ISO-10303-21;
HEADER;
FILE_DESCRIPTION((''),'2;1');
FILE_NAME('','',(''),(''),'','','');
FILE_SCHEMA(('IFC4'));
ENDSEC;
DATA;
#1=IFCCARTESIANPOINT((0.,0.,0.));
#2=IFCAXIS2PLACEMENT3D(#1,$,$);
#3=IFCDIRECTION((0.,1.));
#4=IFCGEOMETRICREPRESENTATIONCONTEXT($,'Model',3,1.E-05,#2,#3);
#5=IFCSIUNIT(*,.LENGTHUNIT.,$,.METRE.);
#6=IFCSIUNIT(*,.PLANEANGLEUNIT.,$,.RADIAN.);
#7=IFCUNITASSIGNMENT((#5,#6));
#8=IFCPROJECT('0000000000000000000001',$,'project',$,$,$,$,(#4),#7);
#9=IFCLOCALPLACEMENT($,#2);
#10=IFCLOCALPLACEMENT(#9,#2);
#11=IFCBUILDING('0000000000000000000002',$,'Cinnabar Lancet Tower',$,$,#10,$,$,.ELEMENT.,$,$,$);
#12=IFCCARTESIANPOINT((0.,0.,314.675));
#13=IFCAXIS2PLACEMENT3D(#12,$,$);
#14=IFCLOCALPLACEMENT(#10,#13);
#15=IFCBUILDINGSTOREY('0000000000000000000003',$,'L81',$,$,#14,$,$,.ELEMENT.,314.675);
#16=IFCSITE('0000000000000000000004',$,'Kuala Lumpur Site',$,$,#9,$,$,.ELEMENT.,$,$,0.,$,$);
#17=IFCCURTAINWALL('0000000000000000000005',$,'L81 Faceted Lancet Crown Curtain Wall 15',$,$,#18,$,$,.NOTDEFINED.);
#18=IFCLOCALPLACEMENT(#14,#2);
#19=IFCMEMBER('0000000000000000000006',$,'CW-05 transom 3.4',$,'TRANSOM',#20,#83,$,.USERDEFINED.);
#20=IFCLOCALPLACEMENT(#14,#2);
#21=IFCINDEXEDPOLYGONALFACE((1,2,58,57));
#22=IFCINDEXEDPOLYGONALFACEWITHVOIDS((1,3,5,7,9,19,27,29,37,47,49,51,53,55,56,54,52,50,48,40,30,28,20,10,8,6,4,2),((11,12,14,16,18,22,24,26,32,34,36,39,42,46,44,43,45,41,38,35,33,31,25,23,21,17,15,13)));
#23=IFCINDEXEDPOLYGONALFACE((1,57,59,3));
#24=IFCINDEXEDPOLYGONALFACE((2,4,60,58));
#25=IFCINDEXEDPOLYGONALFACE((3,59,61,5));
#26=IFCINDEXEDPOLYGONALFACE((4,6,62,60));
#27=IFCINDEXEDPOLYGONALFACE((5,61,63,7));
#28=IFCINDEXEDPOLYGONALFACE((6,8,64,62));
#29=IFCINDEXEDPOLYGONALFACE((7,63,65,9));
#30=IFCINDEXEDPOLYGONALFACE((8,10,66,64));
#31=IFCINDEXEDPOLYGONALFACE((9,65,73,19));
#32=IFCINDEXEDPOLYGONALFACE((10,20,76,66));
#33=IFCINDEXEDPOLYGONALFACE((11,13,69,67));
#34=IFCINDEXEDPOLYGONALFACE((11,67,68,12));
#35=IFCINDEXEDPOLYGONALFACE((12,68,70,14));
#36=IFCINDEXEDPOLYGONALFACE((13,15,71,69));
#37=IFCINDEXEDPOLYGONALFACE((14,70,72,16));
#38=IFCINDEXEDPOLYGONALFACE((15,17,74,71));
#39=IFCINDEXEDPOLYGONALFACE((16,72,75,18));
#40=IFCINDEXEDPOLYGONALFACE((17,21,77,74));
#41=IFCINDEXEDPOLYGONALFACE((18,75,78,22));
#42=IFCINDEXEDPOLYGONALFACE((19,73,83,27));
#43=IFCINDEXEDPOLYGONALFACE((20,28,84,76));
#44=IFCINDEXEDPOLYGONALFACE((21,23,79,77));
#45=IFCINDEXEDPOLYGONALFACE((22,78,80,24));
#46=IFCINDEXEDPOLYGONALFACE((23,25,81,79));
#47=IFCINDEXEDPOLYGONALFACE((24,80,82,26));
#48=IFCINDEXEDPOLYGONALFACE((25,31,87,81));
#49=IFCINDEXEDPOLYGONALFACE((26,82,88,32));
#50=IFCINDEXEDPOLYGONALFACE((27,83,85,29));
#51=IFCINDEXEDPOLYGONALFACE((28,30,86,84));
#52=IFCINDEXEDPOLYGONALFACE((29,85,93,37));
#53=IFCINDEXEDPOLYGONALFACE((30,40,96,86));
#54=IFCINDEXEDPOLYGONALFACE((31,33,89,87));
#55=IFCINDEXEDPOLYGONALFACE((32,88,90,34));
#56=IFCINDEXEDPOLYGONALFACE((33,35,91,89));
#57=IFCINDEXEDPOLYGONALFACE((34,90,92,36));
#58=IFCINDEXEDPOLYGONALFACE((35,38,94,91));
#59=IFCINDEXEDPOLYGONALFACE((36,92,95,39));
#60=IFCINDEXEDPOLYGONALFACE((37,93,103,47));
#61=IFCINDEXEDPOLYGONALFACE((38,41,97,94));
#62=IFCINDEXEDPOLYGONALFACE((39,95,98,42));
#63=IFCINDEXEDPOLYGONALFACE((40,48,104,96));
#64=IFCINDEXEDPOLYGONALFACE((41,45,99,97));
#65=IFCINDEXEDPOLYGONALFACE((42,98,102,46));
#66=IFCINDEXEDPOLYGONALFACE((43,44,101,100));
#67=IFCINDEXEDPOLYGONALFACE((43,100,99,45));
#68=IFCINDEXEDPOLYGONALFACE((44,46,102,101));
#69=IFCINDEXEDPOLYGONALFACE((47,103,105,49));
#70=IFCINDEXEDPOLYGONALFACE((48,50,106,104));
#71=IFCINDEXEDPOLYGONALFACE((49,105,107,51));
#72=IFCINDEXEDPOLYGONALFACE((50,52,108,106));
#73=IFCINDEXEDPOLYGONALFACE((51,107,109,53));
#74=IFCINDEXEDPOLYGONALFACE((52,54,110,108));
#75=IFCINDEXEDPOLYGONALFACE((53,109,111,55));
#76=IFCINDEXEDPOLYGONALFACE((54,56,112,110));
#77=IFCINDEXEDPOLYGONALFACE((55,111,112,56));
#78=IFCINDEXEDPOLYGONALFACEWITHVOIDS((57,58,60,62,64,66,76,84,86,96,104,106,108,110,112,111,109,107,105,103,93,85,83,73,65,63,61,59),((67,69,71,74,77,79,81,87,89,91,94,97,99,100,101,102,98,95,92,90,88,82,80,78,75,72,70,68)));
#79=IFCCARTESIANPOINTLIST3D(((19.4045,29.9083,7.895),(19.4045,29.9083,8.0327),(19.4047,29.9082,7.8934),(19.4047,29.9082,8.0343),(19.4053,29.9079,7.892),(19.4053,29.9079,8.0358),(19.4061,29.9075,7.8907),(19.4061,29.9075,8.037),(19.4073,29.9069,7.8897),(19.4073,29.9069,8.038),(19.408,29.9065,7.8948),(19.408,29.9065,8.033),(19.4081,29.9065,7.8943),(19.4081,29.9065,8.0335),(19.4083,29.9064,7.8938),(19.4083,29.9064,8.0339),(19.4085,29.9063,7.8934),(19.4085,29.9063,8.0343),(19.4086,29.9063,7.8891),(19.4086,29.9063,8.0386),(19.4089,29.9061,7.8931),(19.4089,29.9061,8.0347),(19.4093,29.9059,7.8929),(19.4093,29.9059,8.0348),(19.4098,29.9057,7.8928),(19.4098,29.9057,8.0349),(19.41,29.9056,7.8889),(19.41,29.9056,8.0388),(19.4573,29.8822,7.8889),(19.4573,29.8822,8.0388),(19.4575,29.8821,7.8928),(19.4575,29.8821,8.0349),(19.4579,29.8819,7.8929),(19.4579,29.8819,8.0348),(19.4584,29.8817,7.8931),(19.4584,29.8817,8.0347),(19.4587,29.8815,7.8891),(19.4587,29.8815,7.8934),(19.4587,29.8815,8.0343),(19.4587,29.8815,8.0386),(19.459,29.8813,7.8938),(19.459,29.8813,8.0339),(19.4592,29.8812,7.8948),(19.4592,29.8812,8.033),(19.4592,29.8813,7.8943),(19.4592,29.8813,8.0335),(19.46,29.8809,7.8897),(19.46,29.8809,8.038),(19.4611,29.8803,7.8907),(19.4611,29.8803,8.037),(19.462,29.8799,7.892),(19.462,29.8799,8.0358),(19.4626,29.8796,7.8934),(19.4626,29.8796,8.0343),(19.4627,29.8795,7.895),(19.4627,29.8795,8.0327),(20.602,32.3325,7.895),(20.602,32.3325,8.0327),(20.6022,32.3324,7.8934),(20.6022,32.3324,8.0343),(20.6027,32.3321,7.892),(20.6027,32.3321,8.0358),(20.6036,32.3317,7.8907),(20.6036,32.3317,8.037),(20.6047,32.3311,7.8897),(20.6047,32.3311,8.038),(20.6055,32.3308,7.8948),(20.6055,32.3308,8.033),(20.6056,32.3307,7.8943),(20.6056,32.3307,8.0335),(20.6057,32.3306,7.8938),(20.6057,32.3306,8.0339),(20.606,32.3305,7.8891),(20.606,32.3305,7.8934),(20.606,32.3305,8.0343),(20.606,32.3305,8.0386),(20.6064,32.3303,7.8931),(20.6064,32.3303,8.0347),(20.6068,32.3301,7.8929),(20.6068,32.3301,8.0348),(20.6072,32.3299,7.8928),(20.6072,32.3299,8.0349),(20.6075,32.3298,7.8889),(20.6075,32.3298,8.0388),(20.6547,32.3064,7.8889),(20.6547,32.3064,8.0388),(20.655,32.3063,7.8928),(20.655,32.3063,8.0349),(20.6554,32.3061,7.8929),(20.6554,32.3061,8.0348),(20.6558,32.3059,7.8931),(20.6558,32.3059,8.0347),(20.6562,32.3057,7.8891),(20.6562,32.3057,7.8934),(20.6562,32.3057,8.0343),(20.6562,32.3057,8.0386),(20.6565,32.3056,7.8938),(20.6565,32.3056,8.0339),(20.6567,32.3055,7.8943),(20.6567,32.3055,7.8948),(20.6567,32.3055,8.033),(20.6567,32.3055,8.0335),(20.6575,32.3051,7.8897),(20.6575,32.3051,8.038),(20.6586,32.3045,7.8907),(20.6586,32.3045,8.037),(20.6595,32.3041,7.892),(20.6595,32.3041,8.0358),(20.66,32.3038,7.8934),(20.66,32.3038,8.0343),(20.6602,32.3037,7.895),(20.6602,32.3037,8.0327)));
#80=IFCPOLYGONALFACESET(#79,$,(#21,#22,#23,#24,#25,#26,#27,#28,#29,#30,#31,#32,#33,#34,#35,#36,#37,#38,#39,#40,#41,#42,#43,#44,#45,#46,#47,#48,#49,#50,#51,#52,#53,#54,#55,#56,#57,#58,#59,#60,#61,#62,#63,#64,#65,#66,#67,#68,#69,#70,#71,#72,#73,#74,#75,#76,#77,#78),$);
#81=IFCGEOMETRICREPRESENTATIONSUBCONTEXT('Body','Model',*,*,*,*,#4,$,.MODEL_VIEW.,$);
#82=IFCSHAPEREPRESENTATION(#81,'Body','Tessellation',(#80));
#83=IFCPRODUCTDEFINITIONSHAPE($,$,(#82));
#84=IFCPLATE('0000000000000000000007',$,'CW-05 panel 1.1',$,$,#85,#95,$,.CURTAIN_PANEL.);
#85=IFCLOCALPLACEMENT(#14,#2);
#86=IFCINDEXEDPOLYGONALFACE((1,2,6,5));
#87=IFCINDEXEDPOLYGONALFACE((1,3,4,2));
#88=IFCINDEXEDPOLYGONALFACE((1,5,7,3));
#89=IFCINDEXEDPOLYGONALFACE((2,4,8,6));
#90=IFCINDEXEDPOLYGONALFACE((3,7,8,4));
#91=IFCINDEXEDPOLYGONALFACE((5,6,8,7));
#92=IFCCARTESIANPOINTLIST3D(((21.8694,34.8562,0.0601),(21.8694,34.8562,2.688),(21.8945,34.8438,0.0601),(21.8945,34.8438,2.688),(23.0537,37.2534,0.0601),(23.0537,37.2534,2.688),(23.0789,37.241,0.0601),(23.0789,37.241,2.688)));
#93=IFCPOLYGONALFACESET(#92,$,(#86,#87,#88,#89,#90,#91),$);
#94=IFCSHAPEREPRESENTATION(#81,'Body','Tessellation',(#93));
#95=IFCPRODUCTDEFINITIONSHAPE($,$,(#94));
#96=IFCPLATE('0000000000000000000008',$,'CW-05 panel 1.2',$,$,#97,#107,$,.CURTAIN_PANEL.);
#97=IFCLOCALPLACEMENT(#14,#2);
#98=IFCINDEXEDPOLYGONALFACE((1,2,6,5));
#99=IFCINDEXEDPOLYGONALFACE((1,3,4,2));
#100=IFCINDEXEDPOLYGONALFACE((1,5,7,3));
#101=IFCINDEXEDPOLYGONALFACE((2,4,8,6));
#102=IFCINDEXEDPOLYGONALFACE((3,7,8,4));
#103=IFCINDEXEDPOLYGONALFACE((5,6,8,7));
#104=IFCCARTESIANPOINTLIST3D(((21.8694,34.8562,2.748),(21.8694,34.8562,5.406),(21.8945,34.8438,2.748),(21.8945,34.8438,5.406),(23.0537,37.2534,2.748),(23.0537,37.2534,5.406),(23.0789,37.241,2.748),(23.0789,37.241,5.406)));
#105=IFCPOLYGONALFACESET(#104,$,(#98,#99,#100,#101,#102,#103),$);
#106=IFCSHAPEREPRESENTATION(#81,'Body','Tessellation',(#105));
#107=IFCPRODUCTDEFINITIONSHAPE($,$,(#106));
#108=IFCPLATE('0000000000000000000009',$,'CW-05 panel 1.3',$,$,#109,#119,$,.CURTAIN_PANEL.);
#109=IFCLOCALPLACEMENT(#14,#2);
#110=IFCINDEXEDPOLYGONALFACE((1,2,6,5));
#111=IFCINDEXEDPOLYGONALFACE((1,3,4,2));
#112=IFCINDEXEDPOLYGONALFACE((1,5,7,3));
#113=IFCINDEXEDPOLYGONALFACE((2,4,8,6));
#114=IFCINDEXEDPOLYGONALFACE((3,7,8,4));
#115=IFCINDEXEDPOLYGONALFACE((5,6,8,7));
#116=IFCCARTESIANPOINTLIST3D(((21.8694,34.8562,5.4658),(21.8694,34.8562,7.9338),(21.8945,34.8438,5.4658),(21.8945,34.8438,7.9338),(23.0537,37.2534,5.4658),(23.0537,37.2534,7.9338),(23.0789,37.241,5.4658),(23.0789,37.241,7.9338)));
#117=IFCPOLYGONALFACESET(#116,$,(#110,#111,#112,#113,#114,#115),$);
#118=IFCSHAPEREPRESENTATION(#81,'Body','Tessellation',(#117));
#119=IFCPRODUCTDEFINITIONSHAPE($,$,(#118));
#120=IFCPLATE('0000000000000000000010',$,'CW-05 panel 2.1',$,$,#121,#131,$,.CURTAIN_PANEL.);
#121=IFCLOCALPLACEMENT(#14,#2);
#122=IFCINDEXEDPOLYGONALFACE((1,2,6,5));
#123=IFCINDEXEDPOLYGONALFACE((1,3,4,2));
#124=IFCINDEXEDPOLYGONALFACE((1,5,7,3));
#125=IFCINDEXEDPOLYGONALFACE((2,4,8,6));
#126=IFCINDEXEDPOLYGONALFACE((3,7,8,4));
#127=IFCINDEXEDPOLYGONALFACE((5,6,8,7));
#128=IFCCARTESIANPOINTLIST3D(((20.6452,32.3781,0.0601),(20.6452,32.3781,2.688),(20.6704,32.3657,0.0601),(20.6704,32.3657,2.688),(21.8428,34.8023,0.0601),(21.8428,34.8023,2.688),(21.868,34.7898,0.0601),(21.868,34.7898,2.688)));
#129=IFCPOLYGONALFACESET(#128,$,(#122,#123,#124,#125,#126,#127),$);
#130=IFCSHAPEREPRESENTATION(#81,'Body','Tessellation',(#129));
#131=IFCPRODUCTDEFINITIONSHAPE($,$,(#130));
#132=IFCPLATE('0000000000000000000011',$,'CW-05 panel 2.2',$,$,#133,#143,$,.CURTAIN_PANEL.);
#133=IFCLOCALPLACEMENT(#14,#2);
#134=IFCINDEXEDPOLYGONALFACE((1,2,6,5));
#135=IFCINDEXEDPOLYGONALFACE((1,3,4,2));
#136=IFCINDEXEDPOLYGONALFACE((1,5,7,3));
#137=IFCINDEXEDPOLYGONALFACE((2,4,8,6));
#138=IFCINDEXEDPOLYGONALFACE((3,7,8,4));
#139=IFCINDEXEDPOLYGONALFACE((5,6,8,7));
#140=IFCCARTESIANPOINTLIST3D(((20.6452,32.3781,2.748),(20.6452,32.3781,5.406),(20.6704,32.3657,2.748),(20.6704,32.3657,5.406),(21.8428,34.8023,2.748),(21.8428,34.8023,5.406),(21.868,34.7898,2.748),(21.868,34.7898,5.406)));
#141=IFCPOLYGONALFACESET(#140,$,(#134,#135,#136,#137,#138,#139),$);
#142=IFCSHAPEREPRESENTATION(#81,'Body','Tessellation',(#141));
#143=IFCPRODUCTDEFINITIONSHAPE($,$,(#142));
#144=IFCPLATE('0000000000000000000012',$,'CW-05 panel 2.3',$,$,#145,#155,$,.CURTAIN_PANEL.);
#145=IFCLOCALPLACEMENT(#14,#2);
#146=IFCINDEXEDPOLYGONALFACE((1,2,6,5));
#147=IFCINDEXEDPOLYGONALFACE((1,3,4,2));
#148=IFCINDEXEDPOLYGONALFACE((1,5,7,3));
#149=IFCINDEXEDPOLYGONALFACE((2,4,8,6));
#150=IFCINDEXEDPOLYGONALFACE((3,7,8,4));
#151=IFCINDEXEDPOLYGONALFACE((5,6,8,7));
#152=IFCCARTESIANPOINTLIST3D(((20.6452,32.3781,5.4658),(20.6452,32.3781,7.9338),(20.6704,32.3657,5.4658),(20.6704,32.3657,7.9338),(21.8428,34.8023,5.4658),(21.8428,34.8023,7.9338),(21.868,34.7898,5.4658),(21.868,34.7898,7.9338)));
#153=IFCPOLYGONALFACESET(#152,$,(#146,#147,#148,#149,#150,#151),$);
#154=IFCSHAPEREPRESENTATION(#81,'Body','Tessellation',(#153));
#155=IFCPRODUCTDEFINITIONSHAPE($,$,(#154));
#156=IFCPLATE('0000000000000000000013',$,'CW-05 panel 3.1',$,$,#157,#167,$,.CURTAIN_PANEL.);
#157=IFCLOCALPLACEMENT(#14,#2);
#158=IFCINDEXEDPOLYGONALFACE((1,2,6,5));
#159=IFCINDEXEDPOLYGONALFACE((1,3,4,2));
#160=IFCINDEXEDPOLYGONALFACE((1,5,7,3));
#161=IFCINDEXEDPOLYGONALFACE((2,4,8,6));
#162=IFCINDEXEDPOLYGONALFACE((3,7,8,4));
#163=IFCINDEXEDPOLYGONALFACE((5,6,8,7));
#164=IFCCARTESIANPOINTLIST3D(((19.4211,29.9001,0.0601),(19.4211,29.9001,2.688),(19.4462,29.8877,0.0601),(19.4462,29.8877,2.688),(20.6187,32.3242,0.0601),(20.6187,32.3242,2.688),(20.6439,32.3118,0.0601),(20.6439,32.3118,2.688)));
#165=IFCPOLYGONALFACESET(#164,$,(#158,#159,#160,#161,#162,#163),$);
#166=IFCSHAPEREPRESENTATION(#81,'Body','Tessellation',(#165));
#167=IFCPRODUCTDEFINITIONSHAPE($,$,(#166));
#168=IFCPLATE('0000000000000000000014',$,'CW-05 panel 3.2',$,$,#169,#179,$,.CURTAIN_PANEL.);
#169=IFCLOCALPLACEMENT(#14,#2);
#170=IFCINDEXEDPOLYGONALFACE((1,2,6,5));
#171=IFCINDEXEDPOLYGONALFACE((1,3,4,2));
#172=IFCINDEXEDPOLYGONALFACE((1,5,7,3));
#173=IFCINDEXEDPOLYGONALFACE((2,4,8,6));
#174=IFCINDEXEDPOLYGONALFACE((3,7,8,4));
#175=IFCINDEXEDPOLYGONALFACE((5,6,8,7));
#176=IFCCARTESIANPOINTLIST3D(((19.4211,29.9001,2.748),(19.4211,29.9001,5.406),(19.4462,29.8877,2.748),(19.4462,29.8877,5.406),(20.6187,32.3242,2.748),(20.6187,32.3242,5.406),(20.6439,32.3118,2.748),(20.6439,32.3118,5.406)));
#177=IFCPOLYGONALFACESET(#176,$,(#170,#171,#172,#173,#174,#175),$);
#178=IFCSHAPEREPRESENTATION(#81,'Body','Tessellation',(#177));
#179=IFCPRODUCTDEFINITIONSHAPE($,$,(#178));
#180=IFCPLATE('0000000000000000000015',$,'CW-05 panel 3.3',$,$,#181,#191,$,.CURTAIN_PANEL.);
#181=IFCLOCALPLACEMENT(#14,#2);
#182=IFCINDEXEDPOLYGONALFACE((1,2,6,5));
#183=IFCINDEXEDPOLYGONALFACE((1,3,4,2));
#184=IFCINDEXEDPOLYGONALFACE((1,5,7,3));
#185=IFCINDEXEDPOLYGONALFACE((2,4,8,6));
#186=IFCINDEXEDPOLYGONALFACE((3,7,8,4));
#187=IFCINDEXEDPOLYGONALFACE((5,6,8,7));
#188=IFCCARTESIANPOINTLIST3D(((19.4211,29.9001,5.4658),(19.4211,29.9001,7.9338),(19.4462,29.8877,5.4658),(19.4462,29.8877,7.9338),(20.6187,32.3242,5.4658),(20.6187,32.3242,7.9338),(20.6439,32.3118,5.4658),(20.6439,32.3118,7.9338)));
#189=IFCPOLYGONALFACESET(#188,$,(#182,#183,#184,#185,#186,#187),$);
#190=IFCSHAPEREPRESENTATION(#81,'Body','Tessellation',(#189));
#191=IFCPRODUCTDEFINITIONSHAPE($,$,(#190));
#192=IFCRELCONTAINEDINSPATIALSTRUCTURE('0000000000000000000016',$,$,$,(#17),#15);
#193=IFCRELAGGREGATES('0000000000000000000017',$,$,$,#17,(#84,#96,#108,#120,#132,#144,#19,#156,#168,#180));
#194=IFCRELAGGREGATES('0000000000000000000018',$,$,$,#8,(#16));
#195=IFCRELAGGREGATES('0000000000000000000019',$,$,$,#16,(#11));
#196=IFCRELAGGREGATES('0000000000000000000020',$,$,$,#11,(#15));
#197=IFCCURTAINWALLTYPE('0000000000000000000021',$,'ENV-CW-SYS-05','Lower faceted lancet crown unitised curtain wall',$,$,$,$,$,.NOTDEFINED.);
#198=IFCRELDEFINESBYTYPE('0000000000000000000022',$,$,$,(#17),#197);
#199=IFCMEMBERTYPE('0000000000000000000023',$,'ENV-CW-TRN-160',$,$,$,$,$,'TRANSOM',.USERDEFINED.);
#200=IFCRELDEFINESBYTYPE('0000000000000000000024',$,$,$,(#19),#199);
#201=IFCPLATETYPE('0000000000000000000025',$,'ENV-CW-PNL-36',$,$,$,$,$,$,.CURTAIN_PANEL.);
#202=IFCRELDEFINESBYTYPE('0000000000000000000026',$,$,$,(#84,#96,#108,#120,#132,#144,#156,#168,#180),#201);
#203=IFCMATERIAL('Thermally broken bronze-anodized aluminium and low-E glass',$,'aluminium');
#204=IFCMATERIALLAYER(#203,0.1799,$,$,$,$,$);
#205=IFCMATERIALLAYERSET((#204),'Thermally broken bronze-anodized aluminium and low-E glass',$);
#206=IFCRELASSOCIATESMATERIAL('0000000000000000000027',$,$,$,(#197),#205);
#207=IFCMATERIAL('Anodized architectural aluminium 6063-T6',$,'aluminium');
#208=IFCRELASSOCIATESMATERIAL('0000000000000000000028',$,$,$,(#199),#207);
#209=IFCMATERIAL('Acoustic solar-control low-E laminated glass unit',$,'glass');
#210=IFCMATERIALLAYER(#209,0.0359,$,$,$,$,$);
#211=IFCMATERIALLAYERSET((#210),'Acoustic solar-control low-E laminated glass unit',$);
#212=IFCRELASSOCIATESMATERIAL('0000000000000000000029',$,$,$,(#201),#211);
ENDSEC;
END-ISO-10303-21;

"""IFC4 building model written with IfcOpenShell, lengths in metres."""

from ifc_helpers import new_model, si_unit, direction, frame, origin, origin_2d, place, context, subcontext, project, spatial, rectangle, hollow_rectangle, extrude, material, layer, layer_set, material_profile, profile_set, type_object, element, aggregate, save


model = new_model("IFC4")

# Units and contexts
model_context = context("Model", 3, precision=1e-05, world=origin(), true_north=direction((0.0, 1.0)))
body_context = subcontext(model_context, "Body", "Model", "MODEL_VIEW")
ifc_project = project(units=[si_unit("LENGTHUNIT", "METRE"), si_unit("PLANEANGLEUNIT", "RADIAN")], contexts=[model_context])

# Site, building, storey
site_placement = place(None, origin())
site = spatial("IfcSite", under=ifc_project, at=site_placement, Name="Kuala Lumpur Site", CompositionType="ELEMENT", RefElevation=0.0)
building_placement = place(site_placement, origin())
building = spatial("IfcBuilding", under=site, at=building_placement, Name="Cinnabar Lancet Tower", CompositionType="ELEMENT")
storey_placement = place(building_placement, frame((0.0, 0.0, 314.675)))
storey = spatial("IfcBuildingStorey", under=building, at=storey_placement, Name="L81", CompositionType="ELEMENT", Elevation=314.675)

# Shared definitions
ifc_material_1 = material(Name="Thermally broken bronze-anodized aluminium and low-E glass", Category="aluminium")
ifc_layer_1 = layer(ifc_material_1, 0.1799)
ifc_layer_set_1 = layer_set([ifc_layer_1], Name="Thermally broken bronze-anodized aluminium and low-E glass")
curtain_wall_type = type_object("IfcCurtainWallType", Name="ENV-CW-SYS-05", Description="Lower faceted lancet crown unitised curtain wall", PredefinedType="NOTDEFINED", material=ifc_layer_set_1)

# Curtain wall, member, plates
curtain_wall_1_placement = place(storey_placement, origin())
curtain_wall_1 = element("IfcCurtainWall", 1, at=curtain_wall_1_placement, inside=storey, type_object=curtain_wall_type, Name="L81 Faceted Lancet Crown Curtain Wall 15", PredefinedType="NOTDEFINED")
ifc_material_2 = material(Name="Anodized architectural aluminium 6063-T6", Category="aluminium")
ifc_material_profile_1 = material_profile(ifc_material_2, hollow_rectangle(XDim=0.0649, YDim=0.1499, WallThickness=0.0039, InnerFilletRadius=0.002, OuterFilletRadius=0.0061, at=origin_2d()), Name="CW-TRN 150x65x4")
ifc_profile_set_1 = profile_set([ifc_material_profile_1], Name="Anodized architectural aluminium 6063-T6")
member_type_1 = type_object("IfcMemberType", Name="ENV-CW-TRN-160", ElementType="TRANSOM", PredefinedType="USERDEFINED", material=ifc_profile_set_1)
member_1_placement = place(storey_placement, frame((20.6311, 32.3181, 7.9639), z_axis=(-0.442874, -0.896584, 0.0), x_axis=(0.896584, -0.442874, 0.0)))
member_1 = element("IfcMember", 2, at=member_1_placement, type_object=member_type_1, Name="CW-05 transom 3.4", ObjectType="TRANSOM", PredefinedType="USERDEFINED", context=body_context, shape_type="SweptSolid", body=[
    extrude(hollow_rectangle(XDim=0.0649, YDim=0.1499, WallThickness=0.0039, InnerFilletRadius=0.002, OuterFilletRadius=0.0061, at=origin_2d()), origin(), (0.0, 0.0, 1.0), 2.7039),
])
ifc_material_3 = material(Name="Acoustic solar-control low-E laminated glass unit", Category="glass")
ifc_layer_2 = layer(ifc_material_3, 0.0359)
ifc_layer_set_2 = layer_set([ifc_layer_2], Name="Acoustic solar-control low-E laminated glass unit")
plate_type = type_object("IfcPlateType", Name="ENV-CW-PNL-36", PredefinedType="CURTAIN_PANEL", material=ifc_layer_set_2)
plate_1_placement = place(storey_placement, frame((22.4741, 36.0486, 0.0601), z_axis=(0.0, 0.0, 1.0), x_axis=(-0.442939, -0.896552, 0.0)))
plate_1 = element("IfcPlate", 3, at=plate_1_placement, type_object=plate_type, Name="CW-05 panel 1.1", PredefinedType="CURTAIN_PANEL", context=body_context, shape_type="SweptSolid", body=[
    extrude(rectangle(XDim=2.6738, YDim=0.0281, at=origin_2d()), origin(), (0.0, 0.0, 1.0), 2.6279),
])
plate_2_placement = place(storey_placement, frame((22.4741, 36.0486, 2.748), z_axis=(0.0, 0.0, 1.0), x_axis=(-0.442939, -0.896552, 0.0)))
plate_2 = element("IfcPlate", 4, at=plate_2_placement, type_object=plate_type, Name="CW-05 panel 1.2", PredefinedType="CURTAIN_PANEL", context=body_context, shape_type="SweptSolid", body=[
    extrude(rectangle(XDim=2.6738, YDim=0.0281, at=origin_2d()), origin(), (0.0, 0.0, 1.0), 2.658),
])
plate_3_placement = place(storey_placement, frame((22.4741, 36.0486, 5.4658), z_axis=(0.0, 0.0, 1.0), x_axis=(-0.442939, -0.896552, 0.0)))
plate_3 = element("IfcPlate", 5, at=plate_3_placement, type_object=plate_type, Name="CW-05 panel 1.3", PredefinedType="CURTAIN_PANEL", context=body_context, shape_type="SweptSolid", body=[
    extrude(rectangle(XDim=2.6738, YDim=0.0281, at=origin_2d()), origin(), (0.0, 0.0, 1.0), 2.468),
])
plate_4_placement = place(storey_placement, frame((21.2566, 33.584, 0.0601), z_axis=(0.0, 0.0, 1.0), x_axis=(-0.442939, -0.896552, 0.0)))
plate_4 = element("IfcPlate", 6, at=plate_4_placement, type_object=plate_type, Name="CW-05 panel 2.1", PredefinedType="CURTAIN_PANEL", context=body_context, shape_type="SweptSolid", body=[
    extrude(rectangle(XDim=2.7039, YDim=0.0281, at=origin_2d()), origin(), (0.0, 0.0, 1.0), 2.6279),
])
plate_5_placement = place(storey_placement, frame((21.2566, 33.584, 2.748), z_axis=(0.0, 0.0, 1.0), x_axis=(-0.442939, -0.896552, 0.0)))
plate_5 = element("IfcPlate", 7, at=plate_5_placement, type_object=plate_type, Name="CW-05 panel 2.2", PredefinedType="CURTAIN_PANEL", context=body_context, shape_type="SweptSolid", body=[
    extrude(rectangle(XDim=2.7039, YDim=0.0281, at=origin_2d()), origin(), (0.0, 0.0, 1.0), 2.658),
])
plate_6_placement = place(storey_placement, frame((21.2566, 33.584, 5.4658), z_axis=(0.0, 0.0, 1.0), x_axis=(-0.442939, -0.896552, 0.0)))
plate_6 = element("IfcPlate", 8, at=plate_6_placement, type_object=plate_type, Name="CW-05 panel 2.3", PredefinedType="CURTAIN_PANEL", context=body_context, shape_type="SweptSolid", body=[
    extrude(rectangle(XDim=2.7039, YDim=0.0281, at=origin_2d()), origin(), (0.0, 0.0, 1.0), 2.468),
])
plate_7_placement = place(storey_placement, frame((20.0325, 31.106, 0.0601), z_axis=(0.0, 0.0, 1.0), x_axis=(-0.442939, -0.896552, 0.0)))
plate_7 = element("IfcPlate", 9, at=plate_7_placement, type_object=plate_type, Name="CW-05 panel 3.1", PredefinedType="CURTAIN_PANEL", context=body_context, shape_type="SweptSolid", body=[
    extrude(rectangle(XDim=2.7039, YDim=0.0281, at=origin_2d()), origin(), (0.0, 0.0, 1.0), 2.6279),
])
plate_8_placement = place(storey_placement, frame((20.0325, 31.106, 2.748), z_axis=(0.0, 0.0, 1.0), x_axis=(-0.442939, -0.896552, 0.0)))
plate_8 = element("IfcPlate", 10, at=plate_8_placement, type_object=plate_type, Name="CW-05 panel 3.2", PredefinedType="CURTAIN_PANEL", context=body_context, shape_type="SweptSolid", body=[
    extrude(rectangle(XDim=2.7039, YDim=0.0281, at=origin_2d()), origin(), (0.0, 0.0, 1.0), 2.658),
])
plate_9_placement = place(storey_placement, frame((20.0325, 31.106, 5.4658), z_axis=(0.0, 0.0, 1.0), x_axis=(-0.442939, -0.896552, 0.0)))
plate_9 = element("IfcPlate", 11, at=plate_9_placement, type_object=plate_type, Name="CW-05 panel 3.3", PredefinedType="CURTAIN_PANEL", context=body_context, shape_type="SweptSolid", body=[
    extrude(rectangle(XDim=2.7039, YDim=0.0281, at=origin_2d()), origin(), (0.0, 0.0, 1.0), 2.468),
])
aggregate(curtain_wall_1, [plate_1, plate_2, plate_3, plate_4, plate_5, plate_6, member_1, plate_7, plate_8, plate_9])

save(model, "model.ifc")
